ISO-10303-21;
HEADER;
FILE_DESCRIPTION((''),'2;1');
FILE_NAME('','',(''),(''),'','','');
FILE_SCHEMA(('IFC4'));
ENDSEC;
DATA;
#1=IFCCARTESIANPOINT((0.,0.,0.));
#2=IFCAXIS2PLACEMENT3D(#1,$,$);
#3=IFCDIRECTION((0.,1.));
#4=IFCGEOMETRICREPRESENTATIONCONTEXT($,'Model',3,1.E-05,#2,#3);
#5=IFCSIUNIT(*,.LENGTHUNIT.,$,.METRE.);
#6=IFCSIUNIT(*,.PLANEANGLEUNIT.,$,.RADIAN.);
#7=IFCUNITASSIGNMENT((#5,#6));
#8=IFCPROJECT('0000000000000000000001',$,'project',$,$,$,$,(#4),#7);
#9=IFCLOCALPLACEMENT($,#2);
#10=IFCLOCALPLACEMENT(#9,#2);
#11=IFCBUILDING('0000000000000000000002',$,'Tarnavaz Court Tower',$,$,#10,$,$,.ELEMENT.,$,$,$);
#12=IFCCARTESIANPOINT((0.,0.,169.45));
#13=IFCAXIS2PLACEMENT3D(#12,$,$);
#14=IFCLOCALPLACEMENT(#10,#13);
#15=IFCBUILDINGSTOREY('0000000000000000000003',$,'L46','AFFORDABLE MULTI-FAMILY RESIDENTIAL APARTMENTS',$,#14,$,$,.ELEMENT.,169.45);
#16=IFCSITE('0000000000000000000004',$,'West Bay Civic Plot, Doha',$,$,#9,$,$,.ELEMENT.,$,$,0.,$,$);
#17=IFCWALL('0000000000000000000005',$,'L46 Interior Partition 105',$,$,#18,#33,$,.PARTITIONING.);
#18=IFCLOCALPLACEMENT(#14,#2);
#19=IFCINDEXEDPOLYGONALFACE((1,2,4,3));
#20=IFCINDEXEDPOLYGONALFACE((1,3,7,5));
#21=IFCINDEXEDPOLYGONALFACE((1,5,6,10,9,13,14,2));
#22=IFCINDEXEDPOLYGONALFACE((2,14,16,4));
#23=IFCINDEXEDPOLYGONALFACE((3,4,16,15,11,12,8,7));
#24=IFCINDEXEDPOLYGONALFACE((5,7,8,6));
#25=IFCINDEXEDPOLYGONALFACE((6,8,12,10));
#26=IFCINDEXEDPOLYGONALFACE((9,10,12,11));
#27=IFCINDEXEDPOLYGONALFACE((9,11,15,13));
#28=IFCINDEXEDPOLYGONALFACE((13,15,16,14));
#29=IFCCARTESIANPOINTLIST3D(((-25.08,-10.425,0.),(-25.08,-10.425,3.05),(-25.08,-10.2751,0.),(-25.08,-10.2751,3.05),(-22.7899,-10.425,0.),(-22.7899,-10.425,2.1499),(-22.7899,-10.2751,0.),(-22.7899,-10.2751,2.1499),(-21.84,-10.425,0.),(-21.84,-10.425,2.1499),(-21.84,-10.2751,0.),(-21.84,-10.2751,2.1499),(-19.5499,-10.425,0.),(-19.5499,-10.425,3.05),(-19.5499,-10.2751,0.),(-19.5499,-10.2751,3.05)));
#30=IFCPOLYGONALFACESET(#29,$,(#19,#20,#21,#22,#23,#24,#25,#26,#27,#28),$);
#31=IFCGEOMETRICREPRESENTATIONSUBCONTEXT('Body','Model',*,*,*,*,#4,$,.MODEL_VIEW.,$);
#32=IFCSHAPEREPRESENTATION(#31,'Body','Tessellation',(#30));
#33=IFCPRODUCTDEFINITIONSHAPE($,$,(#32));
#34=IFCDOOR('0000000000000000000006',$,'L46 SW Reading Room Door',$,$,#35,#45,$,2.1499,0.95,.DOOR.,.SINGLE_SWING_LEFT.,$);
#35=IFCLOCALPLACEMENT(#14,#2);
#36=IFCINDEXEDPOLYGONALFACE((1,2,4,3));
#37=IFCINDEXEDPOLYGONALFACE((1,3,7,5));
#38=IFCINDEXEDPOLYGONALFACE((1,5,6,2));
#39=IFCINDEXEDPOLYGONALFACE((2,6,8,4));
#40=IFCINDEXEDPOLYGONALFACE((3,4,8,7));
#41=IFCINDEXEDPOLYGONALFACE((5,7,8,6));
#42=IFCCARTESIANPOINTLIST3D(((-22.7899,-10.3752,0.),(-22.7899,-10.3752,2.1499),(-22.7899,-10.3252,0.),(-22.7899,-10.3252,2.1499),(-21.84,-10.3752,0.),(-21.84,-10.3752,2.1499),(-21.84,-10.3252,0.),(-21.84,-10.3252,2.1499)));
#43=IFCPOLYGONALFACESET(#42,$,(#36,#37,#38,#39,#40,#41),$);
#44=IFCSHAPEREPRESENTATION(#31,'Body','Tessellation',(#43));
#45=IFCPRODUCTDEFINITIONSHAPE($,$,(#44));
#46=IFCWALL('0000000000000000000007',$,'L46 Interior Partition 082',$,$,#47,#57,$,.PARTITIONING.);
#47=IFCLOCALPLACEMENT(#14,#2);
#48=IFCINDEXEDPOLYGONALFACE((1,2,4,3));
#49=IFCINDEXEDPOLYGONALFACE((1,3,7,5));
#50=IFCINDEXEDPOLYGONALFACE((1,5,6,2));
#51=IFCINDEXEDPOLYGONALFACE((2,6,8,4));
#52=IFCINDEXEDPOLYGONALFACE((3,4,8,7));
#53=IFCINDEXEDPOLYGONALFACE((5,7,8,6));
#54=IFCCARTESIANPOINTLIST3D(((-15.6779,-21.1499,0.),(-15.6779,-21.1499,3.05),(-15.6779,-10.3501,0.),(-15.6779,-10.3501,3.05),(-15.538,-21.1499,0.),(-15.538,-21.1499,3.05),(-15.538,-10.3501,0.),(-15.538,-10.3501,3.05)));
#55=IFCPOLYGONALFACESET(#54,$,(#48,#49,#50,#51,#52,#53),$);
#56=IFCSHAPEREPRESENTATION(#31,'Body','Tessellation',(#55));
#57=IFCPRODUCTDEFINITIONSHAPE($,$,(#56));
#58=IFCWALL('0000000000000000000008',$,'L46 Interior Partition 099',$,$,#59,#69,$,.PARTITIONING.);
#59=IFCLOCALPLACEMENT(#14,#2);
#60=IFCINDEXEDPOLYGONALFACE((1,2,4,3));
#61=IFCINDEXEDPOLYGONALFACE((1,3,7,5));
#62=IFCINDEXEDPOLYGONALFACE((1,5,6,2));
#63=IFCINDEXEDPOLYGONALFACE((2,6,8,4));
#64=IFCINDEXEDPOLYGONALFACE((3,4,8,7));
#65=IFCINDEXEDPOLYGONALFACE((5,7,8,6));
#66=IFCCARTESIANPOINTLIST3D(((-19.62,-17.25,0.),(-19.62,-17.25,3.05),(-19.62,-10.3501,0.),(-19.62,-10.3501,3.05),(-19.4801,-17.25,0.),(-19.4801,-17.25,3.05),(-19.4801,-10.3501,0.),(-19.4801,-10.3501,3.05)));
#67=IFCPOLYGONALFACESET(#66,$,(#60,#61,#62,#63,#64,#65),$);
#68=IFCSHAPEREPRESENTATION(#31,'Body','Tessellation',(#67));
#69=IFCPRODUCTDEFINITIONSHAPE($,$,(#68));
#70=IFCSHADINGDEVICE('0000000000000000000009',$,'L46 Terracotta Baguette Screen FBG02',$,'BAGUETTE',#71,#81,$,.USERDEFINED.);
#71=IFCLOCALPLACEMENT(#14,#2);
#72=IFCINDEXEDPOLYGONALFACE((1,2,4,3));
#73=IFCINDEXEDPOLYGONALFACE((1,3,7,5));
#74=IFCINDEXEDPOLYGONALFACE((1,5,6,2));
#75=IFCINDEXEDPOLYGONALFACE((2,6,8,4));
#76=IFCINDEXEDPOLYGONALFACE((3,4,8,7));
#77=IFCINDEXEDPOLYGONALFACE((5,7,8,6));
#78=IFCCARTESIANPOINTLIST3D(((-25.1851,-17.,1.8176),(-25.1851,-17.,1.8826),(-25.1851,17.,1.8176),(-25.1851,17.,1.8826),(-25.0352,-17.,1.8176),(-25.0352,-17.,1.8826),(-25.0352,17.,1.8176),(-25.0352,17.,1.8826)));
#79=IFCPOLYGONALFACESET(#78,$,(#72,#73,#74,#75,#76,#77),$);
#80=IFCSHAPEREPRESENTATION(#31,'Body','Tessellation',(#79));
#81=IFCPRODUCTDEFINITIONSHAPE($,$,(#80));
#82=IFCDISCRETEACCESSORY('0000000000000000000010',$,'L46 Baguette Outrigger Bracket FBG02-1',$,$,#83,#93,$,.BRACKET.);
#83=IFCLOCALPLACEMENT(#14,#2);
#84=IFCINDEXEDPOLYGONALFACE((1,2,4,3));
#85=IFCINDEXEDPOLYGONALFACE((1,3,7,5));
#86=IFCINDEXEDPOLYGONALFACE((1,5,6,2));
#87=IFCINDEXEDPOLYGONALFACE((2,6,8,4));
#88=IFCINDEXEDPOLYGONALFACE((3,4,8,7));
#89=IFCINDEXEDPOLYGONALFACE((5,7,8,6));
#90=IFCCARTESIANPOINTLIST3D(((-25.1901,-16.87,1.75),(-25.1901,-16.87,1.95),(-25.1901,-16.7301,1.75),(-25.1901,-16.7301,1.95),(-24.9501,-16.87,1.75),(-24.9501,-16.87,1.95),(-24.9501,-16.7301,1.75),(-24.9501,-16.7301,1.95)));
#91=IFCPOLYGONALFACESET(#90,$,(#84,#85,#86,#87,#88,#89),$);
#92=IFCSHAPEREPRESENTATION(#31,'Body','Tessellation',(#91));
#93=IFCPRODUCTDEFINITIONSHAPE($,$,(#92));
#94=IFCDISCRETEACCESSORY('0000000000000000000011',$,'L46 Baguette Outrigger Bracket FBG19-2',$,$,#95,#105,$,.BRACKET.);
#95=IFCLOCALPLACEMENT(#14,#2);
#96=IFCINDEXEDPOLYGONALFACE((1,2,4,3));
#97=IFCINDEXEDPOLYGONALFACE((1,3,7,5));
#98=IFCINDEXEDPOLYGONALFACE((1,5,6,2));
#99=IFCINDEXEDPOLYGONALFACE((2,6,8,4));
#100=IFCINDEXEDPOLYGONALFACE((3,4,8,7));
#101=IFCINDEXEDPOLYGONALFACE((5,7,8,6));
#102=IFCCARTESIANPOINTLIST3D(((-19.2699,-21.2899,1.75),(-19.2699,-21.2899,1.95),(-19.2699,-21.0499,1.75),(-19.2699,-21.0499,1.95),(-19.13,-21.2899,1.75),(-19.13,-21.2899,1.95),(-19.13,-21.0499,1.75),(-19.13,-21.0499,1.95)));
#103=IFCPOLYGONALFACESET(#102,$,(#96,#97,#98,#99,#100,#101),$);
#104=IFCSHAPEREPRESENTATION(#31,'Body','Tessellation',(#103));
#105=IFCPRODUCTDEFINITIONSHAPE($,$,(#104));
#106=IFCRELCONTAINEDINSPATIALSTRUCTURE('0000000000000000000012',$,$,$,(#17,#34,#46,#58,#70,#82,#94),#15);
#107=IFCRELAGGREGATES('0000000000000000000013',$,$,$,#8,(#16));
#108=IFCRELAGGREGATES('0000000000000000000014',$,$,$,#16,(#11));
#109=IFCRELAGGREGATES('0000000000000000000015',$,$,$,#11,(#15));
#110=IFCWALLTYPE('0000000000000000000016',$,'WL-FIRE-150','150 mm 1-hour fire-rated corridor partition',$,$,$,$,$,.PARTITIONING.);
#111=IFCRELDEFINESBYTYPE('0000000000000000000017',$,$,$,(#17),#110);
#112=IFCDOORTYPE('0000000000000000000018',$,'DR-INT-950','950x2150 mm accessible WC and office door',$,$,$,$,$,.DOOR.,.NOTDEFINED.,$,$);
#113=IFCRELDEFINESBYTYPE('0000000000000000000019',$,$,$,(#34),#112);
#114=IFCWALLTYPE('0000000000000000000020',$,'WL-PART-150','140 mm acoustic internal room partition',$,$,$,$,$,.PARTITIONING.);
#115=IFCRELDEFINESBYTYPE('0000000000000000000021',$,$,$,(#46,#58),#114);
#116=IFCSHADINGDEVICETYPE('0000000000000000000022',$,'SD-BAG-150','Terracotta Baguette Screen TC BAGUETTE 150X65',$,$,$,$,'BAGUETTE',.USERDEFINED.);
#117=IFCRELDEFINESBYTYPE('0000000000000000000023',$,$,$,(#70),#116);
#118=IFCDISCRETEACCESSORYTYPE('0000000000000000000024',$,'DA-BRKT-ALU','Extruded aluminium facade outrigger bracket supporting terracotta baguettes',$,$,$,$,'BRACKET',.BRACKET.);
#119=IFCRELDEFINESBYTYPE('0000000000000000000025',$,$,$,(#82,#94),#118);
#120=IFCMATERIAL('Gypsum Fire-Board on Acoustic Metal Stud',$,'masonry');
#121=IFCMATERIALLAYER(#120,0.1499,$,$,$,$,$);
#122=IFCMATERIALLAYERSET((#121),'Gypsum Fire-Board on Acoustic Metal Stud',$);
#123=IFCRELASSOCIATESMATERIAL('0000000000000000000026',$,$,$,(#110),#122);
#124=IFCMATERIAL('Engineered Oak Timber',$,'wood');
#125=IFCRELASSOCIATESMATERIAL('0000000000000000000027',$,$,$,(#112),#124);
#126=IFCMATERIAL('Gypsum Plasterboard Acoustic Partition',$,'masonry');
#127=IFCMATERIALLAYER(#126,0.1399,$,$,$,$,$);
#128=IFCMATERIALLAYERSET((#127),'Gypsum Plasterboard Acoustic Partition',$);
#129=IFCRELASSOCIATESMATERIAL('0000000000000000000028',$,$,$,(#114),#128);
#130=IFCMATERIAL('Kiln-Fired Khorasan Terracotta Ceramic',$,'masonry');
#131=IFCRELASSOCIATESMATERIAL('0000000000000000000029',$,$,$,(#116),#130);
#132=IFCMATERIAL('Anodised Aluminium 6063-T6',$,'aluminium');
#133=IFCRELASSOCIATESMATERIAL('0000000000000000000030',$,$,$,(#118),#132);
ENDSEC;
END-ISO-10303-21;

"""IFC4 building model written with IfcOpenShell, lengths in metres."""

from ifc_helpers import new_model, si_unit, direction, frame, frame_2d, origin, origin_2d, place, context, subcontext, project, spatial, rectangle, extrude, material, layer, layer_set, material_profile, profile_set, type_object, element, fill, save


model = new_model("IFC4")

# Units and contexts
model_context = context("Model", 3, precision=1e-05, world=origin(), true_north=direction((0.0, 1.0)))
body_context = subcontext(model_context, "Body", "Model", "MODEL_VIEW")
ifc_project = project(units=[si_unit("LENGTHUNIT", "METRE"), si_unit("PLANEANGLEUNIT", "RADIAN")], contexts=[model_context])

# Site, building, storey
site_placement = place(None, origin())
site = spatial("IfcSite", under=ifc_project, at=site_placement, Name="West Bay Civic Plot, Doha", CompositionType="ELEMENT", RefElevation=0.0)
building_placement = place(site_placement, origin())
building = spatial("IfcBuilding", under=site, at=building_placement, Name="Tarnavaz Court Tower", CompositionType="ELEMENT")
storey_placement = place(building_placement, frame((0.0, 0.0, 169.45)))
storey = spatial("IfcBuildingStorey", under=building, at=storey_placement, Name="L46", Description="AFFORDABLE MULTI-FAMILY RESIDENTIAL APARTMENTS", CompositionType="ELEMENT", Elevation=169.45)

# Wall, opening, door
ifc_material_1 = material(Name="Gypsum Fire-Board on Acoustic Metal Stud", Category="masonry")
ifc_layer_1 = layer(ifc_material_1, 0.1499)
ifc_layer_set_1 = layer_set([ifc_layer_1], Name="Gypsum Fire-Board on Acoustic Metal Stud")
wall_type_1 = type_object("IfcWallType", Name="WL-FIRE-150", Description="150 mm 1-hour fire-rated corridor partition", PredefinedType="PARTITIONING", material=ifc_layer_set_1)
wall_1_placement = place(storey_placement, frame((-25.0801, -10.3501, 0.0), z_axis=(0.0, 0.0, 1.0), x_axis=(1.0, 0.0, 0.0)))
wall_1 = element("IfcWall", 1, at=wall_1_placement, inside=storey, type_object=wall_type_1, Name="L46 Interior Partition 105", PredefinedType="PARTITIONING", context=body_context, shape_type="SweptSolid", body=[
    extrude(rectangle(XDim=5.53, YDim=0.1499, at=frame_2d((2.7651, 0.0))), origin(), (0.0, 0.0, 1.0), 3.05),
])
opening_1_placement = place(wall_1_placement, frame((2.29, 0.0, 0.0)))
opening_1 = element("IfcOpeningElement", 2, at=opening_1_placement, cuts=wall_1, PredefinedType="OPENING", context=body_context, shape_type="SweptSolid", body=[
    extrude(rectangle(XDim=0.95, YDim=2.1499, at=frame_2d((0.4751, 1.075))), frame((0.0, 0.085, 0.0), z_axis=(0.0, -1.0, 0.0), x_axis=(1.0, 0.0, 0.0)), (0.0, 0.0, 1.0), 0.1699),
])
ifc_material_2 = material(Name="Engineered Oak Timber", Category="wood")
door_type = type_object("IfcDoorType", Name="DR-INT-950", Description="950x2150 mm accessible WC and office door", OperationType="NOTDEFINED", PredefinedType="DOOR", material=ifc_material_2)
door_placement = place(opening_1_placement, origin())
door = element("IfcDoor", 3, at=door_placement, inside=storey, type_object=door_type, Name="L46 SW Reading Room Door", OperationType="SINGLE_SWING_LEFT", OverallHeight=2.1499, OverallWidth=0.95, PredefinedType="DOOR", context=body_context, shape_type="SweptSolid", body=[
    extrude(rectangle(XDim=0.95, YDim=2.1499, at=frame_2d((0.4751, 1.075))), frame((0.0, 0.0249, 0.0), z_axis=(0.0, -1.0, 0.0), x_axis=(1.0, 0.0, 0.0)), (0.0, 0.0, 1.0), 0.05),
])
fill(opening_1, door)

# Walls
ifc_material_3 = material(Name="Gypsum Plasterboard Acoustic Partition", Category="masonry")
ifc_layer_2 = layer(ifc_material_3, 0.1399)
ifc_layer_set_2 = layer_set([ifc_layer_2], Name="Gypsum Plasterboard Acoustic Partition")
wall_type_2 = type_object("IfcWallType", Name="WL-PART-150", Description="140 mm acoustic internal room partition", PredefinedType="PARTITIONING", material=ifc_layer_set_2)
wall_2_placement = place(storey_placement, frame((-15.6079, -21.1499, 0.0), z_axis=(0.0, 0.0, 1.0), x_axis=(0.0, 1.0, 0.0)))
element("IfcWall", 4, at=wall_2_placement, inside=storey, type_object=wall_type_2, Name="L46 Interior Partition 082", PredefinedType="PARTITIONING", context=body_context, shape_type="SweptSolid", body=[
    extrude(rectangle(XDim=10.7998, YDim=0.1399, at=frame_2d((5.3999, 0.0))), origin(), (0.0, 0.0, 1.0), 3.05),
])
wall_3_placement = place(storey_placement, frame((-19.55, -17.25, 0.0), z_axis=(0.0, 0.0, 1.0), x_axis=(0.0, 1.0, 0.0)))
element("IfcWall", 5, at=wall_3_placement, inside=storey, type_object=wall_type_2, Name="L46 Interior Partition 099", PredefinedType="PARTITIONING", context=body_context, shape_type="SweptSolid", body=[
    extrude(rectangle(XDim=6.8999, YDim=0.1399, at=frame_2d((3.45, 0.0))), origin(), (0.0, 0.0, 1.0), 3.05),
])

# Shading device
ifc_material_4 = material(Name="Kiln-Fired Khorasan Terracotta Ceramic", Category="masonry")
ifc_material_profile_1 = material_profile(ifc_material_4, rectangle(XDim=0.1499, YDim=0.0649, at=origin_2d()), Name="TC BAGUETTE 150X65")
ifc_profile_set_1 = profile_set([ifc_material_profile_1], Name="Kiln-Fired Khorasan Terracotta Ceramic")
shading_device_type = type_object("IfcShadingDeviceType", Name="SD-BAG-150", Description="Terracotta Baguette Screen TC BAGUETTE 150X65", ElementType="BAGUETTE", PredefinedType="USERDEFINED", material=ifc_profile_set_1)
shading_device_placement = place(storey_placement, frame((-25.1101, -17.0, 1.8501), z_axis=(0.0, 1.0, 0.0), x_axis=(-1.0, 0.0, 0.0)))
element("IfcShadingDevice", 6, at=shading_device_placement, inside=storey, type_object=shading_device_type, Name="L46 Terracotta Baguette Screen FBG02", ObjectType="BAGUETTE", PredefinedType="USERDEFINED", context=body_context, shape_type="SweptSolid", body=[
    extrude(rectangle(XDim=0.1499, YDim=0.0649, at=origin_2d()), origin(), (0.0, 0.0, 1.0), 34.0),
])

# Discrete accessories
ifc_material_5 = material(Name="Anodised Aluminium 6063-T6", Category="aluminium")
discrete_accessory_type = type_object("IfcDiscreteAccessoryType", Name="DA-BRKT-ALU", Description="Extruded aluminium facade outrigger bracket supporting terracotta baguettes", ElementType="BRACKET", PredefinedType="BRACKET", material=ifc_material_5)
for number, where, z_axis, x_axis, name in (
    (7, (-25.0701, -16.8, 1.75), (0.0, 0.0, 1.0), (0.0, 1.0, 0.0), "L46 Baguette Outrigger Bracket FBG02-1"),
    (8, (-19.2, -21.1699, 1.75), (0.0, 0.0, 1.0), (-1.0, 0.0, 0.0), "L46 Baguette Outrigger Bracket FBG19-2"),
):
    element("IfcDiscreteAccessory", number, at=place(storey_placement, frame(where, z_axis=z_axis, x_axis=x_axis)), inside=storey, type_object=discrete_accessory_type, Name=name, PredefinedType="BRACKET", context=body_context, shape_type="SweptSolid", body=[
        extrude(rectangle(XDim=0.1399, YDim=0.24, at=origin_2d()), origin(), (0.0, 0.0, 1.0), 0.2),
    ])

save(model, "model.ifc")
